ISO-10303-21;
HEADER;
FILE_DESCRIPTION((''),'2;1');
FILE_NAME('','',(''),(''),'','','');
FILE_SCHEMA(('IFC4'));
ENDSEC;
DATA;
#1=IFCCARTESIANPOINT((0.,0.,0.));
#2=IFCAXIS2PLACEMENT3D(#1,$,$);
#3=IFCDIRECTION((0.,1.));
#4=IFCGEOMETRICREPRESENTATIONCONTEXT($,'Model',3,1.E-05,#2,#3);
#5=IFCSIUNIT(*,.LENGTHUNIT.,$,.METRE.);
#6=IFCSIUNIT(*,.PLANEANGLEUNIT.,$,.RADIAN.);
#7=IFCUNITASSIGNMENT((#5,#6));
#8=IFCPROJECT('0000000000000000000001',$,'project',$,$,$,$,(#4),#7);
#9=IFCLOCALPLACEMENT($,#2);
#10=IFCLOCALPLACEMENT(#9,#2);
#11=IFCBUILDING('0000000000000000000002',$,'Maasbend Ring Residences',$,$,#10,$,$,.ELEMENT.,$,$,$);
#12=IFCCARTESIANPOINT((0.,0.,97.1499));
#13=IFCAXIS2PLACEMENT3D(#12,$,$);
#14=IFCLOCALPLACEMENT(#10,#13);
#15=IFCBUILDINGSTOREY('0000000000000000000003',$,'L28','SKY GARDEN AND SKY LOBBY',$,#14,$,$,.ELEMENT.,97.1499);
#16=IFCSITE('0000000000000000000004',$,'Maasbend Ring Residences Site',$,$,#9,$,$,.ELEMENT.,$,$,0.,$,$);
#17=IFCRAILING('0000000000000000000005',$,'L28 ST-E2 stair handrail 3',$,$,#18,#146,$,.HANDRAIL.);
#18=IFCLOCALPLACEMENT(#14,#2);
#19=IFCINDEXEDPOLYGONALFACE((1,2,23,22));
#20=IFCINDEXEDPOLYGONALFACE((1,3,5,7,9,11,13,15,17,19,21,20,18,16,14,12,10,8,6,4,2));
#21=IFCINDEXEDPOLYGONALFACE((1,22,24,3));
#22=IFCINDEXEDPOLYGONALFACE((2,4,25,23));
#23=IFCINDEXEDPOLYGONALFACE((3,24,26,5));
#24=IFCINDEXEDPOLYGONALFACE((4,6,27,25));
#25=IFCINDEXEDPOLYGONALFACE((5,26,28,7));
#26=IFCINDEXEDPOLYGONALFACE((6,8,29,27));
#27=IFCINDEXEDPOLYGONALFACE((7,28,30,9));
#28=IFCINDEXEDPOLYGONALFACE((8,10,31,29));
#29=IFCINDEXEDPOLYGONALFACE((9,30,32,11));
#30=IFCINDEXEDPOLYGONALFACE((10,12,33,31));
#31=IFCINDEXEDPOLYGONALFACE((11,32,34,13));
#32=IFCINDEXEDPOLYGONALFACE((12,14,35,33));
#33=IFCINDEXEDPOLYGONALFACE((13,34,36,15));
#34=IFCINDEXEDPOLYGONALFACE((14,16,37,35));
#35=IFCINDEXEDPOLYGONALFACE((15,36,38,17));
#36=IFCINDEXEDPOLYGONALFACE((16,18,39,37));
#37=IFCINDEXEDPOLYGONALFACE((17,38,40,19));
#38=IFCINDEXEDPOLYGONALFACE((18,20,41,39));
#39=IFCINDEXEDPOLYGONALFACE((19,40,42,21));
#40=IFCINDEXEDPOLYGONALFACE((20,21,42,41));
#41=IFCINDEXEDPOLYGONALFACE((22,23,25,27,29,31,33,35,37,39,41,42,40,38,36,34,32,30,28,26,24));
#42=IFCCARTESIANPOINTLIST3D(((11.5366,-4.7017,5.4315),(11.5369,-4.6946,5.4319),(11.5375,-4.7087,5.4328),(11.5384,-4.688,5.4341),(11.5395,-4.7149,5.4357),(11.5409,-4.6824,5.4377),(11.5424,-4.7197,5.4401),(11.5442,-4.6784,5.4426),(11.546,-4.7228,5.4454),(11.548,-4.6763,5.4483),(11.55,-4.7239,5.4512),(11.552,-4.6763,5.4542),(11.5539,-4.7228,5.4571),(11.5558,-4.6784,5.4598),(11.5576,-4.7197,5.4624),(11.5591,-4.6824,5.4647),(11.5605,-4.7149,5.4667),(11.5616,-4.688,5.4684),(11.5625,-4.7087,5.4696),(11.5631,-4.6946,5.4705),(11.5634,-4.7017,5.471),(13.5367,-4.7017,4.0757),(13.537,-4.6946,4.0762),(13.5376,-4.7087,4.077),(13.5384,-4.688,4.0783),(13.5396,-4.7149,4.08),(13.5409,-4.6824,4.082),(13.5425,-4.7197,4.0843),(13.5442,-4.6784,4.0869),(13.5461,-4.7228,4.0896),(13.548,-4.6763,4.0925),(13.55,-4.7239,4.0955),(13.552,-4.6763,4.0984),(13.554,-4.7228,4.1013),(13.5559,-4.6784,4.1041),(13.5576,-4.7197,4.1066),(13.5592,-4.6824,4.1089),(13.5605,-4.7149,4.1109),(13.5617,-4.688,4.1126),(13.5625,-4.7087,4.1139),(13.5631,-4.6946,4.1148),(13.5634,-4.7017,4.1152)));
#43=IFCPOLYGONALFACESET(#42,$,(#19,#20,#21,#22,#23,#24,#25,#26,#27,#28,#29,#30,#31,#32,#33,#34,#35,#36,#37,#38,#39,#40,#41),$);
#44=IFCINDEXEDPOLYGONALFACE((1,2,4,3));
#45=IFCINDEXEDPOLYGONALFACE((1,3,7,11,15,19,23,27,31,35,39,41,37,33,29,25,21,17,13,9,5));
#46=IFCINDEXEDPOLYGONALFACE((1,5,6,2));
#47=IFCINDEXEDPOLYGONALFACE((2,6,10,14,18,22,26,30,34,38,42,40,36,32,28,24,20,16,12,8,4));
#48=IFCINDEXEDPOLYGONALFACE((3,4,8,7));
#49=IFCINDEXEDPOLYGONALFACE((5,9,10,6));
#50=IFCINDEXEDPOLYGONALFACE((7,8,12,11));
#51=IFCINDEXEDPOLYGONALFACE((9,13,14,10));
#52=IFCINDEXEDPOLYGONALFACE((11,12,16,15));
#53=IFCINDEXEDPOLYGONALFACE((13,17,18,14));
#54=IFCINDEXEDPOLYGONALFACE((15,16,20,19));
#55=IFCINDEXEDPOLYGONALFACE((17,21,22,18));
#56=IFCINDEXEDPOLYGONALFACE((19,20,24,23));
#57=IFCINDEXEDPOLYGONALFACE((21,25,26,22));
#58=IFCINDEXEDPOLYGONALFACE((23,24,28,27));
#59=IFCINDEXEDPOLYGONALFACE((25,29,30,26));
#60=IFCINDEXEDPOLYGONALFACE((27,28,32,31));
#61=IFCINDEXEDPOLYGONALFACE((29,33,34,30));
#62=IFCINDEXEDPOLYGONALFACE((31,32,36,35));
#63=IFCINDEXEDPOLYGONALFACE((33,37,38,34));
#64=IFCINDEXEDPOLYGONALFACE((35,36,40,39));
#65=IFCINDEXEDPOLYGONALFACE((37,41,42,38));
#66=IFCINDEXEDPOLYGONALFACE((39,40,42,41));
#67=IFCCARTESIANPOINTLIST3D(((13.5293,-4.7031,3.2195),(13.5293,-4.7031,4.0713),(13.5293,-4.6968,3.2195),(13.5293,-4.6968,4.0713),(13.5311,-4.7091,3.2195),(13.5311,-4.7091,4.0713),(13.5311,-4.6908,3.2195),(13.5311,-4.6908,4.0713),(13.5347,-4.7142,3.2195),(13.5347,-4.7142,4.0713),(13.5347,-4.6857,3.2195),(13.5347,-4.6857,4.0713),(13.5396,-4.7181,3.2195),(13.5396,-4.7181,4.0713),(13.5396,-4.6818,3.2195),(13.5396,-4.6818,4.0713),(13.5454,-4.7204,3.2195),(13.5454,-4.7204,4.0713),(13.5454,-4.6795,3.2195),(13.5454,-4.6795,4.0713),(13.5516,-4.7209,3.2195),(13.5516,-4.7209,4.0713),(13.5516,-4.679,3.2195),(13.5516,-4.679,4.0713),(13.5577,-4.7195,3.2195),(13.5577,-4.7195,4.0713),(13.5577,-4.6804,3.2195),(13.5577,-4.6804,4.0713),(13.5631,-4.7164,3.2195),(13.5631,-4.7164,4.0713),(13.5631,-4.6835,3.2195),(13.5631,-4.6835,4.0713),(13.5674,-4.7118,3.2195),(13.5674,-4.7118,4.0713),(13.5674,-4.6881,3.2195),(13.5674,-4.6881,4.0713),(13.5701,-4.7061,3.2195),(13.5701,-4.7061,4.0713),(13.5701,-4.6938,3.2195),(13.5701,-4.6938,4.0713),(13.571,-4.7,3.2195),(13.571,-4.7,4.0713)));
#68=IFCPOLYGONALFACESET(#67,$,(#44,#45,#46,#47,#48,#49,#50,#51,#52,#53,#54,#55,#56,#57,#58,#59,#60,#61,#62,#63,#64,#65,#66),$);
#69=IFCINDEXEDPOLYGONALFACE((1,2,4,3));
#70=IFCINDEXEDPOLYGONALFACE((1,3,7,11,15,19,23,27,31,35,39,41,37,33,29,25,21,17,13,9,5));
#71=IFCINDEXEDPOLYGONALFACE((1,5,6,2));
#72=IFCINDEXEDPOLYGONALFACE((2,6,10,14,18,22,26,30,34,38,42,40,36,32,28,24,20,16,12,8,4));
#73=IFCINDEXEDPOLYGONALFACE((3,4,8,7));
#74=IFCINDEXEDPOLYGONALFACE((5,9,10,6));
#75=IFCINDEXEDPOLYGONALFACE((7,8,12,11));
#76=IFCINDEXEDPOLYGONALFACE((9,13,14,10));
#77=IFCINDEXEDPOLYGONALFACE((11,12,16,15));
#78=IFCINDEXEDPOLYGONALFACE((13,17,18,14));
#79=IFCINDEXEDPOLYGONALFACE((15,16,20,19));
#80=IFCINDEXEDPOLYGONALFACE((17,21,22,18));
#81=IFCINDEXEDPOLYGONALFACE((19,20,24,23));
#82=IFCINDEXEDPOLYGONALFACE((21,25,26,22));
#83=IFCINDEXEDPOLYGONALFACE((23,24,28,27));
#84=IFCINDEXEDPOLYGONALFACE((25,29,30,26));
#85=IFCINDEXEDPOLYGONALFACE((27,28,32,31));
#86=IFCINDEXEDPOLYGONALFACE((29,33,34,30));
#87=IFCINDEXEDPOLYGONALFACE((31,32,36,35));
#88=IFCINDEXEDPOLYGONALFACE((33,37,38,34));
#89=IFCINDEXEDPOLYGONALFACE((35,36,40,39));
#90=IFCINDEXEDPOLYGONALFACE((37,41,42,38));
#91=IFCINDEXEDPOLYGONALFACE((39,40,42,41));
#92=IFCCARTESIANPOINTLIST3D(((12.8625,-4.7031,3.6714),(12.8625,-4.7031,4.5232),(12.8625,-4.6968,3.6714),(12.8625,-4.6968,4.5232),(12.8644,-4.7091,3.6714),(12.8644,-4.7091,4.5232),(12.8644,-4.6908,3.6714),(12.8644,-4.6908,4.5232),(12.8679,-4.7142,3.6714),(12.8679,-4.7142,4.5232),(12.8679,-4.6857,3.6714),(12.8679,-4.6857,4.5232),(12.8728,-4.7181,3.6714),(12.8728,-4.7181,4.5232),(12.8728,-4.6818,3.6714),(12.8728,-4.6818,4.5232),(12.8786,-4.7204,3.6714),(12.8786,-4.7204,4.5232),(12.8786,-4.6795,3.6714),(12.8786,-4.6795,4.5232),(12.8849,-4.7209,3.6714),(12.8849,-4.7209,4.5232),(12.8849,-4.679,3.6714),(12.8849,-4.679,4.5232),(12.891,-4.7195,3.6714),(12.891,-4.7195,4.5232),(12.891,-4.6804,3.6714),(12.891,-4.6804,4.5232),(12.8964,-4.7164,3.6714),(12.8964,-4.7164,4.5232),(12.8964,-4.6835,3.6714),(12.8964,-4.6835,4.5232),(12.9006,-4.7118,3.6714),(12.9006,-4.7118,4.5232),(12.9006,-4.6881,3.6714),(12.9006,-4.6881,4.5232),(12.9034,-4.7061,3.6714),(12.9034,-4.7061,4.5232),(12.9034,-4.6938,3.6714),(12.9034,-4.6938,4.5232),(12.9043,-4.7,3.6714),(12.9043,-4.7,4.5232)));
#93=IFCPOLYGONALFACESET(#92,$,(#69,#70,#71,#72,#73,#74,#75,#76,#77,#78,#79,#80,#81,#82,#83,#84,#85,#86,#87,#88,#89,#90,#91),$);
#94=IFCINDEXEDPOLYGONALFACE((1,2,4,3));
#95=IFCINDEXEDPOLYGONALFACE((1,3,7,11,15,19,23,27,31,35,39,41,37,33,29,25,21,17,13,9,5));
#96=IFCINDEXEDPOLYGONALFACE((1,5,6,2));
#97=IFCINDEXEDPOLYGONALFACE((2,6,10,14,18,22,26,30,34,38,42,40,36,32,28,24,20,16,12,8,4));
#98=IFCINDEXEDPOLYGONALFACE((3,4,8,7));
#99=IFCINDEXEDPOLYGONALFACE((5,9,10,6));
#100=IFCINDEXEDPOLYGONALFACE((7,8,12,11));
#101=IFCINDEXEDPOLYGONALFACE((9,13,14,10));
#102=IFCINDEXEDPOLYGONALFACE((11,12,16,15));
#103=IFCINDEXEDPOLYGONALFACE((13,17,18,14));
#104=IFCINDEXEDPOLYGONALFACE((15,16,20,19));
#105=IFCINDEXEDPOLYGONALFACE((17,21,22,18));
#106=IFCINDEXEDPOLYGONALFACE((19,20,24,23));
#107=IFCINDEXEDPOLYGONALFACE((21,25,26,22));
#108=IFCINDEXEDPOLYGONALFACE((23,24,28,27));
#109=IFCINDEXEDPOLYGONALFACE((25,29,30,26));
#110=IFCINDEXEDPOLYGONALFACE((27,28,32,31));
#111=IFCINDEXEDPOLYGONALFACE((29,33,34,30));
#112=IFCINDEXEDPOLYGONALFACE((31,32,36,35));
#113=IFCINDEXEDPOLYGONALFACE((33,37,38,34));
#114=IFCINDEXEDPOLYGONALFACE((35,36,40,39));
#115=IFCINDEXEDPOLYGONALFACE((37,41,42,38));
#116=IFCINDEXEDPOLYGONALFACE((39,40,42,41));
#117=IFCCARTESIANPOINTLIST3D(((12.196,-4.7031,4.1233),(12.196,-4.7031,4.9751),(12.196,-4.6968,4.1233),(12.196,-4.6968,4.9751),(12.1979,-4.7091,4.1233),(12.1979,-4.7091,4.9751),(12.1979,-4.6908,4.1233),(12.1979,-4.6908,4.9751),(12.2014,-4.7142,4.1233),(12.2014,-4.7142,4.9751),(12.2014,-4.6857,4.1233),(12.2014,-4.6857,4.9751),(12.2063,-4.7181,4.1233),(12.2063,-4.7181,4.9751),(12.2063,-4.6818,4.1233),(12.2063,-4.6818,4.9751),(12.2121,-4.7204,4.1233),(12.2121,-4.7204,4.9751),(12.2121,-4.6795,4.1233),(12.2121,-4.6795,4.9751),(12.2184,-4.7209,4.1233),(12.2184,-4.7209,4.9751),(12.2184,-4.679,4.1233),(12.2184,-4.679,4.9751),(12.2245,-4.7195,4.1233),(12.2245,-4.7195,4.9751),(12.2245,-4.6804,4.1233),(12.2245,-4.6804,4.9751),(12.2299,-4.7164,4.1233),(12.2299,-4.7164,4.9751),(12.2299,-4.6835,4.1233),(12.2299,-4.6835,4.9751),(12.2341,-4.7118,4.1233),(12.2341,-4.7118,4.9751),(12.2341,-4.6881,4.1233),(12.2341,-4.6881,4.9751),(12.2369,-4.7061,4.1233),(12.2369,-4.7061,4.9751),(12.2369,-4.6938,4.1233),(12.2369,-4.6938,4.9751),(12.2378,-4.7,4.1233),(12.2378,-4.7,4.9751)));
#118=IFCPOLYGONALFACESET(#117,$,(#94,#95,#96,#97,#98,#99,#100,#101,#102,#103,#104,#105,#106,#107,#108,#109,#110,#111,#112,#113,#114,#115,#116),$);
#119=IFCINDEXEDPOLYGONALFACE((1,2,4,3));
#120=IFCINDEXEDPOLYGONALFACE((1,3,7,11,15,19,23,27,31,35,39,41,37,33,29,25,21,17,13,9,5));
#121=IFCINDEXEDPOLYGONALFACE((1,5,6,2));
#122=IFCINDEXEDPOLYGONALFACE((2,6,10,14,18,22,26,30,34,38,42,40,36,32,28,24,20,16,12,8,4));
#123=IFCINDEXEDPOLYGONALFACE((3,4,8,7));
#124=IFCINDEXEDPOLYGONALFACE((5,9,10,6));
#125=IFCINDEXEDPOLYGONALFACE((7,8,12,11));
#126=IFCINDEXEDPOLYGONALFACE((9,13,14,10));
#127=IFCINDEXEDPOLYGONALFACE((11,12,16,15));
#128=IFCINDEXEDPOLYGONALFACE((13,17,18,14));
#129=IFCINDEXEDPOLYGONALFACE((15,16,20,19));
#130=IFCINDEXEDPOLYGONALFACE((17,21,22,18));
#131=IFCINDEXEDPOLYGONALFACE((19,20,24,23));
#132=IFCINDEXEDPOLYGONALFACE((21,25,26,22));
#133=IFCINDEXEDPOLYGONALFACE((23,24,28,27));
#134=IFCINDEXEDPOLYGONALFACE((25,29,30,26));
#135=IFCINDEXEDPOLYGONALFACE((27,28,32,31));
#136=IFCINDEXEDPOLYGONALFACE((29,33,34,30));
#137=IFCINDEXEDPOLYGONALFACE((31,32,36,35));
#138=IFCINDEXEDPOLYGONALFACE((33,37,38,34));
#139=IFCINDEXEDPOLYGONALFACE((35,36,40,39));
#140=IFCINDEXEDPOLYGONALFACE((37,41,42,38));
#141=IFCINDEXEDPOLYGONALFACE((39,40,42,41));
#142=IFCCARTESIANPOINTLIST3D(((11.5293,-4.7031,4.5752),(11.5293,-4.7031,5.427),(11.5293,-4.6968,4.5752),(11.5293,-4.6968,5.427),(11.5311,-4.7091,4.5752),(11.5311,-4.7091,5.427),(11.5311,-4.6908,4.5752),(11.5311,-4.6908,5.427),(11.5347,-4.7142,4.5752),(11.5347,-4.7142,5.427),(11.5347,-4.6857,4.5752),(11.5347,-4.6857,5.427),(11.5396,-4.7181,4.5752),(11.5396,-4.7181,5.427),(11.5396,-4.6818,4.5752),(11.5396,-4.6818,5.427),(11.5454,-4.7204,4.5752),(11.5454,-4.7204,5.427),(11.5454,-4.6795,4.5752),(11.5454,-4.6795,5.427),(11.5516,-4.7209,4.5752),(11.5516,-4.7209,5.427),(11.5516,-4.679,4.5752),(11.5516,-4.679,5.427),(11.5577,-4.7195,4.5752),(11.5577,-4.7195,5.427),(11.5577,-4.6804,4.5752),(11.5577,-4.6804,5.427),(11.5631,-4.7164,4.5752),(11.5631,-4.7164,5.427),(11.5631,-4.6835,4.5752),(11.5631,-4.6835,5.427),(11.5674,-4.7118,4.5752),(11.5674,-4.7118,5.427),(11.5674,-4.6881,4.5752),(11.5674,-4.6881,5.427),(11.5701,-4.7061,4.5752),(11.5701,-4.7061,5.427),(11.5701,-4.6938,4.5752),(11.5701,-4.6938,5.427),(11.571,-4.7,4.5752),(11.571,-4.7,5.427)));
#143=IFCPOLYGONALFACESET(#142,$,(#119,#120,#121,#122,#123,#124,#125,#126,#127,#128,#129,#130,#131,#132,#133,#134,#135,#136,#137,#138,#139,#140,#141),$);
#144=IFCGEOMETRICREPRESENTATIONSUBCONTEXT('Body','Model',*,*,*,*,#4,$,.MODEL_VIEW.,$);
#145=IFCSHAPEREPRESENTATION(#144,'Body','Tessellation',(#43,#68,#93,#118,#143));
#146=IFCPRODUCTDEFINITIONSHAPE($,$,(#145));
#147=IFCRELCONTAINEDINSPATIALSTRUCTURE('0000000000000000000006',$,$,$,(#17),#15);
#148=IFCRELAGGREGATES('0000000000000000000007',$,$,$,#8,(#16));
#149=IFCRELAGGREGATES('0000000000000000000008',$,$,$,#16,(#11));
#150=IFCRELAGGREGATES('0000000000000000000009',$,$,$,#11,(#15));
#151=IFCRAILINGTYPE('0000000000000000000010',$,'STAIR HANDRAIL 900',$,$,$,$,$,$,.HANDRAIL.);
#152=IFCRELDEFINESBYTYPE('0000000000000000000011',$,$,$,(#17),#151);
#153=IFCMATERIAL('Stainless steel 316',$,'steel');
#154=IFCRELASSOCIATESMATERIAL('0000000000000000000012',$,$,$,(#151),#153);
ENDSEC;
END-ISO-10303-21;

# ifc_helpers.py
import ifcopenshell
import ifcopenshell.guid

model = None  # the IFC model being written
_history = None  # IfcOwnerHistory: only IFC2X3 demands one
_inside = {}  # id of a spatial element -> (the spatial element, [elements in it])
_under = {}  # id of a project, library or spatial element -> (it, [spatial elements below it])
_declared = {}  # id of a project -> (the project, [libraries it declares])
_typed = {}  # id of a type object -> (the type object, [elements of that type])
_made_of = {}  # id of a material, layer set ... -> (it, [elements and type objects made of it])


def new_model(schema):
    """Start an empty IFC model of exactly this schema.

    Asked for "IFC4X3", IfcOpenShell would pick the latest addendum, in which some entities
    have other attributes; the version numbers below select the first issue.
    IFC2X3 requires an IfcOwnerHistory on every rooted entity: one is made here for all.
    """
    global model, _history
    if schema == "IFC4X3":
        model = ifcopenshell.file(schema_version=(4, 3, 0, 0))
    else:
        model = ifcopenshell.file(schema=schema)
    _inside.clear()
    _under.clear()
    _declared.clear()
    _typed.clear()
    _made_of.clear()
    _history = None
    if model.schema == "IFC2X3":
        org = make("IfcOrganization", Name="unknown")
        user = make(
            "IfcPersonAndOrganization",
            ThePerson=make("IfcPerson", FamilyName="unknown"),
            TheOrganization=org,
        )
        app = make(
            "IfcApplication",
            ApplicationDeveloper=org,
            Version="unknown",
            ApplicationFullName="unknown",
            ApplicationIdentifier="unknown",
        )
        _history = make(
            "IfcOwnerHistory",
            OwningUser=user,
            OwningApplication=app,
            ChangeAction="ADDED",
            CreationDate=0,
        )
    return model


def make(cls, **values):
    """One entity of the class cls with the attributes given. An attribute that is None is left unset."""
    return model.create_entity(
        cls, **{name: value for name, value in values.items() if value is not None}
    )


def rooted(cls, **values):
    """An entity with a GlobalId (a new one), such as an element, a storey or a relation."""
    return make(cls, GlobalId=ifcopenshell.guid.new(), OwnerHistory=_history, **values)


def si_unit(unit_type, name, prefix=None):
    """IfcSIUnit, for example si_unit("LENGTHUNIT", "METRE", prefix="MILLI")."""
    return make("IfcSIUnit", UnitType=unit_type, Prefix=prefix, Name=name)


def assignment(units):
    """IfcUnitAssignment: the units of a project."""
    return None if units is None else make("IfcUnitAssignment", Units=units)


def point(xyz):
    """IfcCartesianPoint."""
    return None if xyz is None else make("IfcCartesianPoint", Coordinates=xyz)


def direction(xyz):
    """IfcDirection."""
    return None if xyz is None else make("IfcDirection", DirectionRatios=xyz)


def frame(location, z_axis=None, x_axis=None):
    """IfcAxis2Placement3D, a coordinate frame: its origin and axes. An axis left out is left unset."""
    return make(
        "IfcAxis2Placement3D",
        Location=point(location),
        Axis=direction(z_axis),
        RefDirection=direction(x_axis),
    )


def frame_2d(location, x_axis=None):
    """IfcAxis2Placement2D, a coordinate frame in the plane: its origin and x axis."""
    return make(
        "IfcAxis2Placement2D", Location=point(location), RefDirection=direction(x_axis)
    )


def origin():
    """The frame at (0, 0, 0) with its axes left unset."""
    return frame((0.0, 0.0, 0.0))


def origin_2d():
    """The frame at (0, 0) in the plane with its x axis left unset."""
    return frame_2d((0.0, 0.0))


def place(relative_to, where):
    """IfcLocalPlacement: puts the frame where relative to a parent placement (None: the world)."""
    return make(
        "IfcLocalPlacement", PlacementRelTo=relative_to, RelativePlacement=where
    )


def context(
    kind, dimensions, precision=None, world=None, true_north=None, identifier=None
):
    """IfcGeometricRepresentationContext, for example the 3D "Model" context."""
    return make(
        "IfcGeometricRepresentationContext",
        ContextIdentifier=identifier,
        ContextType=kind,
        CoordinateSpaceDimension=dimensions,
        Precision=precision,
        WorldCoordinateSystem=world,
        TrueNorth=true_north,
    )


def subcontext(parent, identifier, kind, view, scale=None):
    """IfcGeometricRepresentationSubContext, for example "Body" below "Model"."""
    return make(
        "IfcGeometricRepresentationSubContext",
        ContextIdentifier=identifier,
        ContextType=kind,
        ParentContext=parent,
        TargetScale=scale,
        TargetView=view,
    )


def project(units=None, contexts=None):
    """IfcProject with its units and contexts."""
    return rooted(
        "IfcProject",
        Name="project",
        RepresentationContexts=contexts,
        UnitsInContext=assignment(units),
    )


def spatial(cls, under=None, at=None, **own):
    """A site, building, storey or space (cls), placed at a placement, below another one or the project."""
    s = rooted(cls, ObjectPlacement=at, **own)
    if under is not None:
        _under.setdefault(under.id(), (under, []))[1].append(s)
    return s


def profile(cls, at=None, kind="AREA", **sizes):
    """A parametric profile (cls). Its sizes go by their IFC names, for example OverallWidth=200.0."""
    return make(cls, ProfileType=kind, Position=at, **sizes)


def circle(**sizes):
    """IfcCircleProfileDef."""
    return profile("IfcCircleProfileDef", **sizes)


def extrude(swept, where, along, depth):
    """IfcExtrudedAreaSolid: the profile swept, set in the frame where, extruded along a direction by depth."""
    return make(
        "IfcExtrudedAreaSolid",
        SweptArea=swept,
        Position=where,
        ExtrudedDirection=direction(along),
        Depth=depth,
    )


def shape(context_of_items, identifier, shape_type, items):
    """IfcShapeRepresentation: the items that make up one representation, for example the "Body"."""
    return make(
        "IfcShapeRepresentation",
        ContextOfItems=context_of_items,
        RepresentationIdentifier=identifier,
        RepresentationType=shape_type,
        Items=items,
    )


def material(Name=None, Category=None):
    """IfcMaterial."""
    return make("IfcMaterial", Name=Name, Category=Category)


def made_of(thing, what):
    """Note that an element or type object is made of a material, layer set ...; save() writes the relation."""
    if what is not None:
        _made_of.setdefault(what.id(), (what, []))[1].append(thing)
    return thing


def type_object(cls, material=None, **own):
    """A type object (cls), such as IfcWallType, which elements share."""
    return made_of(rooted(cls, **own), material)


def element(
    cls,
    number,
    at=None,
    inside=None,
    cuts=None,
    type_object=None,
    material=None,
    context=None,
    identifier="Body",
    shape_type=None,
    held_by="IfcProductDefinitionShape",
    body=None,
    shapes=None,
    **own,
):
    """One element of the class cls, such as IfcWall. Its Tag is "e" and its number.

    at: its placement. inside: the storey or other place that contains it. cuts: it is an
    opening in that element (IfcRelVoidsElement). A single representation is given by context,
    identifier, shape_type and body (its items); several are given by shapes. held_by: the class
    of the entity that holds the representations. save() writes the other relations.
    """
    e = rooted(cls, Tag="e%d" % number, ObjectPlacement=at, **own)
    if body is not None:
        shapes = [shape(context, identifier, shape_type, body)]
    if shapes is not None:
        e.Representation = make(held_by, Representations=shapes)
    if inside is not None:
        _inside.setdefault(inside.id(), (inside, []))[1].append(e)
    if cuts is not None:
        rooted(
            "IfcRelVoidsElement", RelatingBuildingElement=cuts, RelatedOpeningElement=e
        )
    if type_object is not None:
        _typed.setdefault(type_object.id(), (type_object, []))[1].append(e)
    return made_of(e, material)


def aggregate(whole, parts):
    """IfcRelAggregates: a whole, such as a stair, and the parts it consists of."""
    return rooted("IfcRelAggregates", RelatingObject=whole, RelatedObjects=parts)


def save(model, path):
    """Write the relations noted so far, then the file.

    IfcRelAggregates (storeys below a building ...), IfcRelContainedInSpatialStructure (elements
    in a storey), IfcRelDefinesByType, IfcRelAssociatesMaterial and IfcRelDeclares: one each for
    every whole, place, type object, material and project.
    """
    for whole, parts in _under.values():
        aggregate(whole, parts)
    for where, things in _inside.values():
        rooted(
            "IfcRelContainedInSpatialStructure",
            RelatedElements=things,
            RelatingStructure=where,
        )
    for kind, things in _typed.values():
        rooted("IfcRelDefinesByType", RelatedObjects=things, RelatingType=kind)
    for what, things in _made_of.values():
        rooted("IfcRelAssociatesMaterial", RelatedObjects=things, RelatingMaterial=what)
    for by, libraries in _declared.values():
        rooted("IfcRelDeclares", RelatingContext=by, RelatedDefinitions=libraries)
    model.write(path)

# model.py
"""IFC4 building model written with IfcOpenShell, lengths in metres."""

from ifc_helpers import new_model, si_unit, direction, frame, origin, origin_2d, place, context, subcontext, project, spatial, circle, extrude, material, type_object, element, save


model = new_model("IFC4")

# Units and contexts
model_context = context("Model", 3, precision=1e-05, world=origin(), true_north=direction((0.0, 1.0)))
body_context = subcontext(model_context, "Body", "Model", "MODEL_VIEW")
ifc_project = project(units=[si_unit("LENGTHUNIT", "METRE"), si_unit("PLANEANGLEUNIT", "RADIAN")], contexts=[model_context])

# Site, building, storey
site_placement = place(None, origin())
site = spatial("IfcSite", under=ifc_project, at=site_placement, Name="Maasbend Ring Residences Site", CompositionType="ELEMENT", RefElevation=0.0)
building_placement = place(site_placement, origin())
building = spatial("IfcBuilding", under=site, at=building_placement, Name="Maasbend Ring Residences", CompositionType="ELEMENT")
storey_placement = place(building_placement, frame((0.0, 0.0, 97.1499)))
storey = spatial("IfcBuildingStorey", under=building, at=storey_placement, Name="L28", Description="SKY GARDEN AND SKY LOBBY", CompositionType="ELEMENT", Elevation=97.1499)

# Railing
ifc_material_1 = material(Name="Stainless steel 316", Category="steel")
railing_type_1 = type_object("IfcRailingType", Name="STAIR HANDRAIL 900", PredefinedType="HANDRAIL", material=ifc_material_1)
for number, where, name in (
    (1, (13.55, -4.7, 3.2195), "L28 ST-E2 stair handrail 3"),
):
    element("IfcRailing", number, at=place(storey_placement, frame(where)), inside=storey, type_object=railing_type_1, Name=name, PredefinedType="HANDRAIL", context=body_context, shape_type="SweptSolid", body=[
        extrude(circle(Radius=0.0239, at=origin_2d()), frame((0.0, 0.0, 0.876), z_axis=(-0.827751, 0.0, 0.561096), x_axis=(0.0, -1.0, 0.0)), (0.0, 0.0, 1.0), 2.4163),
        extrude(circle(Radius=0.021, at=origin_2d()), origin(), (0.0, 0.0, 1.0), 0.8518),
        extrude(circle(Radius=0.021, at=origin_2d()), frame((-0.6667, 0.0, 0.4519)), (0.0, 0.0, 1.0), 0.8518),
        extrude(circle(Radius=0.021, at=origin_2d()), frame((-1.3333, 0.0, 0.9038)), (0.0, 0.0, 1.0), 0.8518),
        extrude(circle(Radius=0.021, at=origin_2d()), frame((-2.0, 0.0, 1.3557)), (0.0, 0.0, 1.0), 0.8518),
    ])

save(model, "model.ifc")
